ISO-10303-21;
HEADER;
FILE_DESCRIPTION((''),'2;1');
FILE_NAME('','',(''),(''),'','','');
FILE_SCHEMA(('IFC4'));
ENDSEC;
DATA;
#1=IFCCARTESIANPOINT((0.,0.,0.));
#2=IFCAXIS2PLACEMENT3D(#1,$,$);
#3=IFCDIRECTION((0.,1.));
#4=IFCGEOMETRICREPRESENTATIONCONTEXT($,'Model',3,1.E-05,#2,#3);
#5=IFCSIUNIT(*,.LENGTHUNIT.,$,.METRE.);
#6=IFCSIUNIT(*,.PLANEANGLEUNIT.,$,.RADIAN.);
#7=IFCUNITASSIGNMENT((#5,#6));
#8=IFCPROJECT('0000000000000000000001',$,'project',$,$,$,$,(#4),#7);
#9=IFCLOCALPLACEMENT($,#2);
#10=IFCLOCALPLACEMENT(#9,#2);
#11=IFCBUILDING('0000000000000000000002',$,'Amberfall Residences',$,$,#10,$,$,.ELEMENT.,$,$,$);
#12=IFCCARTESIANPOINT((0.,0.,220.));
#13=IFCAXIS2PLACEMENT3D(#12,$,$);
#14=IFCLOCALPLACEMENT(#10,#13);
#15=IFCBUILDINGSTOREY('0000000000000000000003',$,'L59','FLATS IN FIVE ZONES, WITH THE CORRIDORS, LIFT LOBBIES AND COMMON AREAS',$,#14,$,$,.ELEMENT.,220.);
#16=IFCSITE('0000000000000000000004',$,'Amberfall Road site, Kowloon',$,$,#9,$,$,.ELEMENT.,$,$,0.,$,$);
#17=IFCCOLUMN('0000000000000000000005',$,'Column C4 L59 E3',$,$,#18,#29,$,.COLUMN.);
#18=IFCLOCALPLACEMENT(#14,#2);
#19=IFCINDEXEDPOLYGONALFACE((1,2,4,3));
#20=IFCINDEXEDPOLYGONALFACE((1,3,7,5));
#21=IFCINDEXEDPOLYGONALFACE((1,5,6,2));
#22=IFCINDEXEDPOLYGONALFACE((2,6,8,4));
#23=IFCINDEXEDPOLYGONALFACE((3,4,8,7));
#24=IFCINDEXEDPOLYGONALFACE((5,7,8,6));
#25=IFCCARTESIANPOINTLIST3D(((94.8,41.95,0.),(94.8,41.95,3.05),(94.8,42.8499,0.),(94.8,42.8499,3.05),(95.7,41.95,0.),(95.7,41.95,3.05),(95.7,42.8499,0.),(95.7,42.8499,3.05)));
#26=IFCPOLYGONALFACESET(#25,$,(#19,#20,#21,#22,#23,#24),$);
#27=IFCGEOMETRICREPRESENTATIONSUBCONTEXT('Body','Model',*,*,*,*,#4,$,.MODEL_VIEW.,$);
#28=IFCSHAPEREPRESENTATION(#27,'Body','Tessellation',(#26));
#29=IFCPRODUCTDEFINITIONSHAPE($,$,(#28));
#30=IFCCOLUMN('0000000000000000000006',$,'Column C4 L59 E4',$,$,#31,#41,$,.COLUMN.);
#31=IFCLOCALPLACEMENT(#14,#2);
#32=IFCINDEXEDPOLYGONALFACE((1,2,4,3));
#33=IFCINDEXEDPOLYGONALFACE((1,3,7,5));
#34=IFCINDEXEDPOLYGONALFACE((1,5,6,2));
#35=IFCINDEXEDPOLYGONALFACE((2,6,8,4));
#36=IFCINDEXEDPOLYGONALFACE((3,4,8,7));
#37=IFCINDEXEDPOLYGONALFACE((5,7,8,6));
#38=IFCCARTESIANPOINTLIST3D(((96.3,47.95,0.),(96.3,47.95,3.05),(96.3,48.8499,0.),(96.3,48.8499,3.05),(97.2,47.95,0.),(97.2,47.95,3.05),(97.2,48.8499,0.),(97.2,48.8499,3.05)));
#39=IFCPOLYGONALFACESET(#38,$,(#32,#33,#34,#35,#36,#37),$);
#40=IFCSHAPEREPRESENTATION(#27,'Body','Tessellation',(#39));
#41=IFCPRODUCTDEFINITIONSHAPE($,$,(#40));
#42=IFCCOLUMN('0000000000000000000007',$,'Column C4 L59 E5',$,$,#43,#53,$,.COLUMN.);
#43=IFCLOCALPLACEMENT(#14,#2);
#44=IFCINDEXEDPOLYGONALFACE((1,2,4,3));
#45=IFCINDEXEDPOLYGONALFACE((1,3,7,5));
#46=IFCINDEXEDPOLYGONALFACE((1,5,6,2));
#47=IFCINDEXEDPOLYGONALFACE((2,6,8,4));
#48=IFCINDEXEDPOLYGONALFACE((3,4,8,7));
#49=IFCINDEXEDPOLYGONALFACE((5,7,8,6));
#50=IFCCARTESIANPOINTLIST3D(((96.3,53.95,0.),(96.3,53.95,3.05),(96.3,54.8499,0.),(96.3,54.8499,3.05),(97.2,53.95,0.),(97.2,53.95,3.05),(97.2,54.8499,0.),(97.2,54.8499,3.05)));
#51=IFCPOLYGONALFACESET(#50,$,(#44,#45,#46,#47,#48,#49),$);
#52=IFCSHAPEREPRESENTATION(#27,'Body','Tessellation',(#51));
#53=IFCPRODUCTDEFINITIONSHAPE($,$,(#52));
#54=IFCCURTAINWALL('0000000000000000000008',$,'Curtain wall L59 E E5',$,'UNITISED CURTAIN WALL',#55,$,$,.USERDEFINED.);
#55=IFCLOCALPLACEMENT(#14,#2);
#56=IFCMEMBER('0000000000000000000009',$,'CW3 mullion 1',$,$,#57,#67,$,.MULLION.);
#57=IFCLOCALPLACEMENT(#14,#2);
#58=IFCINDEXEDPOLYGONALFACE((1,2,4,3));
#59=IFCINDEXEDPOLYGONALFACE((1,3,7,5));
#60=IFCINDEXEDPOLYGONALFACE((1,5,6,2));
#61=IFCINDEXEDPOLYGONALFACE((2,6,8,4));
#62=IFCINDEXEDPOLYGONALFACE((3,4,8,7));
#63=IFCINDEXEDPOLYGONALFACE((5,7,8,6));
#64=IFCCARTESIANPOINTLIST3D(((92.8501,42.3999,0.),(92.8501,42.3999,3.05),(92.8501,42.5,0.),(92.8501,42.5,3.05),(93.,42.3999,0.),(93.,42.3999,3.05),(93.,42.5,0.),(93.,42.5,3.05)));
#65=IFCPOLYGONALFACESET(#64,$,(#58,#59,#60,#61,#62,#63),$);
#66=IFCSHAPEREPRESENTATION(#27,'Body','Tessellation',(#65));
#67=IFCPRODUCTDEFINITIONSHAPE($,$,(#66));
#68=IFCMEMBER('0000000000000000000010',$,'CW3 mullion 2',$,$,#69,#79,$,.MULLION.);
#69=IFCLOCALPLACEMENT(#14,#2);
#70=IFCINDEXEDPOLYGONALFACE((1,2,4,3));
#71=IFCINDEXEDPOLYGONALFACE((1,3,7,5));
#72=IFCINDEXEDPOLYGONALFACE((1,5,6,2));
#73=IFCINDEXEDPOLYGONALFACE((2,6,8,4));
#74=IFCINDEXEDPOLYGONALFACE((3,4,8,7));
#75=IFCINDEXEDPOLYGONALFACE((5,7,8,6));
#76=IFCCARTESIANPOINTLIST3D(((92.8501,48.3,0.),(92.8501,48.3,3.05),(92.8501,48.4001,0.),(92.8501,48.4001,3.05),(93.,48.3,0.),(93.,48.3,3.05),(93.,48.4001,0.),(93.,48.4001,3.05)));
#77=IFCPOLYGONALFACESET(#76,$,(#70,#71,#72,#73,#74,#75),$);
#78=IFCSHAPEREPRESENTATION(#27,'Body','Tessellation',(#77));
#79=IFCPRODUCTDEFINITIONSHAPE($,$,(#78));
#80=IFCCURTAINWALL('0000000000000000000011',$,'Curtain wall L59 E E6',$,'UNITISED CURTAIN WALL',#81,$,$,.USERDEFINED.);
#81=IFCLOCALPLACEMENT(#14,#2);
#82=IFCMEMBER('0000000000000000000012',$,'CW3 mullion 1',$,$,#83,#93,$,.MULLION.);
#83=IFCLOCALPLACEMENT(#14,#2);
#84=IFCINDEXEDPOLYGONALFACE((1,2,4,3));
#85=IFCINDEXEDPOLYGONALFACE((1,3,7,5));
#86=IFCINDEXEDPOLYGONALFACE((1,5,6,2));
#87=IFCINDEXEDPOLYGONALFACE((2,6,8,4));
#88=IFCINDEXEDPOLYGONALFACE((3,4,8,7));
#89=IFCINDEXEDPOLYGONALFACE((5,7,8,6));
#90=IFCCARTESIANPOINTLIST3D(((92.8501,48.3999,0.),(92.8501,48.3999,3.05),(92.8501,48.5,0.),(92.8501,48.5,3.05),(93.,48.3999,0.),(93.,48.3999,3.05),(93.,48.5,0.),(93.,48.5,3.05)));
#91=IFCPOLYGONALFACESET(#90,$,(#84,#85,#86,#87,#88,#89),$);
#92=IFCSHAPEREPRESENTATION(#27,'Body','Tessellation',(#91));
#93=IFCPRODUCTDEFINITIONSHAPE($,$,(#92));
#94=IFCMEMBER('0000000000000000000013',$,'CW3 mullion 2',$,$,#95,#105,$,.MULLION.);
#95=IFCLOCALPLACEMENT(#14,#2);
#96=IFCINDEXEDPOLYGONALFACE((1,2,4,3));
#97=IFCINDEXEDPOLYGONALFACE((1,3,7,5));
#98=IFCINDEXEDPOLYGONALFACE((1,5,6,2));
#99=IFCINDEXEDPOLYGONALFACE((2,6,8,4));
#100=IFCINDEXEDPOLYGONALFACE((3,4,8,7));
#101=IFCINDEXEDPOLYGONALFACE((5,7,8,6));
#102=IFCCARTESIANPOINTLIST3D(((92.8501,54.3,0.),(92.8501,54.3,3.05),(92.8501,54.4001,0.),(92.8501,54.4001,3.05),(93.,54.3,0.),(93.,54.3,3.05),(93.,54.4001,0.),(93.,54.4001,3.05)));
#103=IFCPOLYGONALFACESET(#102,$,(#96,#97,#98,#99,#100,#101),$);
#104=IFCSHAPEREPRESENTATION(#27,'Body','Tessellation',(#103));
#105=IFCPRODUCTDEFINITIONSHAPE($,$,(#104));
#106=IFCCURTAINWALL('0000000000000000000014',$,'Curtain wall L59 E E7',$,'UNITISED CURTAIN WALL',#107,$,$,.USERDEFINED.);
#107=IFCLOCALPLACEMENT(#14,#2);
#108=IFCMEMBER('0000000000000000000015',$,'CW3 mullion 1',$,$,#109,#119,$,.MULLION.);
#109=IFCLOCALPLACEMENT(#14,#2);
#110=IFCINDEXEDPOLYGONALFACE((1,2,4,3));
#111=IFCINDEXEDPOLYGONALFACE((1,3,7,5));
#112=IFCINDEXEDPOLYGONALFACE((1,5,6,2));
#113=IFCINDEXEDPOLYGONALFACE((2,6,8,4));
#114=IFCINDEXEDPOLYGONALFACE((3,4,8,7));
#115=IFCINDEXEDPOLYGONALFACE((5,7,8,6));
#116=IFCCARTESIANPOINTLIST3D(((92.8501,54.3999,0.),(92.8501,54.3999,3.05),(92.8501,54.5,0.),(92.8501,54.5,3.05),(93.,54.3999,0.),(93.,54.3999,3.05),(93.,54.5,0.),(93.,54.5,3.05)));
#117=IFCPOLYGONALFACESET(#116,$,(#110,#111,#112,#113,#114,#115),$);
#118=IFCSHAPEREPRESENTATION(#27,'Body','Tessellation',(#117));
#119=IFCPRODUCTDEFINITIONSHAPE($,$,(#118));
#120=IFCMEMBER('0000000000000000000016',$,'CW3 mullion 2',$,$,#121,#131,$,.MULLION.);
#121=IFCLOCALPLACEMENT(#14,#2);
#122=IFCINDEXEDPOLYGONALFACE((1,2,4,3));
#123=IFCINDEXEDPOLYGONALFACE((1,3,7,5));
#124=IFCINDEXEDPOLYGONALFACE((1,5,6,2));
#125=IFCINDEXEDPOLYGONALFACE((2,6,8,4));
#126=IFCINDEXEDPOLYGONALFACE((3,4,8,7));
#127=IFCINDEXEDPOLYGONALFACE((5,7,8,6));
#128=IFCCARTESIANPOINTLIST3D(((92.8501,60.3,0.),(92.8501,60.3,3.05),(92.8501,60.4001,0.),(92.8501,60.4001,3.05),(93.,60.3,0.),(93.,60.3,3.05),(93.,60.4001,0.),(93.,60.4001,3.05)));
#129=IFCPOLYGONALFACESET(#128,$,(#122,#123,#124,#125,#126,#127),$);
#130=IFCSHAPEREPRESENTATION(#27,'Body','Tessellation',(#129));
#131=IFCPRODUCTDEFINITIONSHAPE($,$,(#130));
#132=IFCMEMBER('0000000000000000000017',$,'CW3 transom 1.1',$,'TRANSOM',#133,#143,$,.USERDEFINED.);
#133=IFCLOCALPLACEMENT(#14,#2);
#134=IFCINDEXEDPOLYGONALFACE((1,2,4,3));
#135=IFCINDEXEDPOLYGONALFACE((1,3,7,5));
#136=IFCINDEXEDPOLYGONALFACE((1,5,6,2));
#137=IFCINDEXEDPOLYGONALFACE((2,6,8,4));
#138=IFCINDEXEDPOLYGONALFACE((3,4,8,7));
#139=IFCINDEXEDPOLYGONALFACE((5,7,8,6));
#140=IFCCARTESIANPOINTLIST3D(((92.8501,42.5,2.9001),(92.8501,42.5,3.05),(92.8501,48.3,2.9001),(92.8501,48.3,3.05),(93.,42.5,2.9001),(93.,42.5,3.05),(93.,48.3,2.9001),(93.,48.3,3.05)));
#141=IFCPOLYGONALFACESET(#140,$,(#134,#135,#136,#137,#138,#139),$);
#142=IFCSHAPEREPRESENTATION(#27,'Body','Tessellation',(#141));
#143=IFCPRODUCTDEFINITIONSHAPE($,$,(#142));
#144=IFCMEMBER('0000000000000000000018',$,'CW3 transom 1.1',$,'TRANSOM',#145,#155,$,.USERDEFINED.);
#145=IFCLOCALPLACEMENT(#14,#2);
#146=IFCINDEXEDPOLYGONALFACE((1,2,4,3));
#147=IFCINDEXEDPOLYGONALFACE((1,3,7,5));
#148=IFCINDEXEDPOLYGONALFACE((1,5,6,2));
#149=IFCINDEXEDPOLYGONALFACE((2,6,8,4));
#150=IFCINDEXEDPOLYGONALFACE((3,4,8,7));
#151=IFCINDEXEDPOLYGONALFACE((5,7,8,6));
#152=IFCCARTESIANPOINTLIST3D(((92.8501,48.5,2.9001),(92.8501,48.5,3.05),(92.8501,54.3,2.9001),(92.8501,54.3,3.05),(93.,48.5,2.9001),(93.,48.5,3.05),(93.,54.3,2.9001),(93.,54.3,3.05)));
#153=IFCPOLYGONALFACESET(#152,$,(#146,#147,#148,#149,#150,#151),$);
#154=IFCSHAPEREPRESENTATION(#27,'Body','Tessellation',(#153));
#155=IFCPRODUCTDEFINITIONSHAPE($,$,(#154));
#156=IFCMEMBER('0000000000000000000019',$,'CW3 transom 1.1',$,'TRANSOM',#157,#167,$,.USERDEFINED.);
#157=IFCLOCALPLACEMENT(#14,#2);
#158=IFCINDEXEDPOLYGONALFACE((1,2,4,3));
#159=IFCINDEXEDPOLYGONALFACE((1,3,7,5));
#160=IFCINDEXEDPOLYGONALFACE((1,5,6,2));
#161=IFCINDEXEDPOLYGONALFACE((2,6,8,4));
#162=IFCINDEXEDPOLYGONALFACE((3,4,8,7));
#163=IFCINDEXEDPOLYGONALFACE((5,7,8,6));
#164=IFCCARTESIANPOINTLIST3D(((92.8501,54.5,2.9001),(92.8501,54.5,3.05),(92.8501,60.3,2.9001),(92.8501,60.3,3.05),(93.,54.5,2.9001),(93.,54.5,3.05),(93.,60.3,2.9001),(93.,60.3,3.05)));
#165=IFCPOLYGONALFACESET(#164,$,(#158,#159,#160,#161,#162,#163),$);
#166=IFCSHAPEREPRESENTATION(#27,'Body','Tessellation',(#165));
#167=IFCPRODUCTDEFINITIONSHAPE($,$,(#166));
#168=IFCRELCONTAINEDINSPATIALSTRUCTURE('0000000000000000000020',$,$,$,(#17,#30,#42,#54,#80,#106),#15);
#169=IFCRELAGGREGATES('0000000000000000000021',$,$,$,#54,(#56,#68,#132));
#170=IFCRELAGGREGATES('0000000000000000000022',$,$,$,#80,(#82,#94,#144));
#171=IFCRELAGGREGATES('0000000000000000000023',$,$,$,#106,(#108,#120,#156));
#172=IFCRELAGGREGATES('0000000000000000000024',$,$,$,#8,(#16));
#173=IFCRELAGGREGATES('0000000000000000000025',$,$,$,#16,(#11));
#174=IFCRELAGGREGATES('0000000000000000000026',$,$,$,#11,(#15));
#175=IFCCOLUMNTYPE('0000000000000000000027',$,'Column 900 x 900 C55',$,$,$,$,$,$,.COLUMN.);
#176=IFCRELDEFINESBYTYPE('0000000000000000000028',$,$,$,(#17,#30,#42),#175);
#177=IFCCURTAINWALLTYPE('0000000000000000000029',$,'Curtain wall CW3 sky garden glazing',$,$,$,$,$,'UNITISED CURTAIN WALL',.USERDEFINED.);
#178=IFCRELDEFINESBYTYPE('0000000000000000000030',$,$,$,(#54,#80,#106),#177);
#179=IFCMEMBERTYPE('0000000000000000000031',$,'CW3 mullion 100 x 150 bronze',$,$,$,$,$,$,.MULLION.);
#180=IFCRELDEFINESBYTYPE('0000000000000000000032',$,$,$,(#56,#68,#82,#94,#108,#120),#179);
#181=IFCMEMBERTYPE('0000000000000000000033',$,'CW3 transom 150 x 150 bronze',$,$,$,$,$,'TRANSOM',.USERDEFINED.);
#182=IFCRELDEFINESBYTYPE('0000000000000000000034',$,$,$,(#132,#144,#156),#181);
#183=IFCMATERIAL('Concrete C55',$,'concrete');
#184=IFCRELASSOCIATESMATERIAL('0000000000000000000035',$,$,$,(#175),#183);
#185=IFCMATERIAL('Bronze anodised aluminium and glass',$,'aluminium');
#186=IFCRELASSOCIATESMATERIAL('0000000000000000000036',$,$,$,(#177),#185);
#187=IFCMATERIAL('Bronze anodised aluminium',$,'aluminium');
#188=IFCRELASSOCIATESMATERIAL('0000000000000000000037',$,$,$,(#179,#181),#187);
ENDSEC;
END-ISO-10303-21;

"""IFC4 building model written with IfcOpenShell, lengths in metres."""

from ifc_helpers import new_model, si_unit, direction, frame, origin, origin_2d, place, context, subcontext, project, spatial, rectangle, extrude, material, material_profile, profile_set, type_object, element, aggregate, save


model = new_model("IFC4")

# Units and contexts
model_context = context("Model", 3, precision=1e-05, world=origin(), true_north=direction((0.0, 1.0)))
body_context = subcontext(model_context, "Body", "Model", "MODEL_VIEW")
ifc_project = project(units=[si_unit("LENGTHUNIT", "METRE"), si_unit("PLANEANGLEUNIT", "RADIAN")], contexts=[model_context])

# Site, building, storey
site_placement = place(None, origin())
site = spatial("IfcSite", under=ifc_project, at=site_placement, Name="Amberfall Road site, Kowloon", CompositionType="ELEMENT", RefElevation=0.0)
building_placement = place(site_placement, origin())
building = spatial("IfcBuilding", under=site, at=building_placement, Name="Amberfall Residences", CompositionType="ELEMENT")
storey_placement = place(building_placement, frame((0.0, 0.0, 220.0)))
storey = spatial("IfcBuildingStorey", under=building, at=storey_placement, Name="L59", Description="FLATS IN FIVE ZONES, WITH THE CORRIDORS, LIFT LOBBIES AND COMMON AREAS", CompositionType="ELEMENT", Elevation=220.0)

# Columns
ifc_material_1 = material(Name="Concrete C55", Category="concrete")
ifc_material_profile_1 = material_profile(ifc_material_1, rectangle(XDim=0.8999, YDim=0.8999, at=origin_2d()), Name="Column 900 x 900 C55")
ifc_profile_set_1 = profile_set([ifc_material_profile_1], Name="Concrete C55")
column_type = type_object("IfcColumnType", Name="Column 900 x 900 C55", PredefinedType="COLUMN", material=ifc_profile_set_1)
for number, where, z_axis, x_axis, name in (
    (1, (95.25, 42.3999, 0.0), (0.0, 0.0, 1.0), (1.0, 0.0, 0.0), "Column C4 L59 E3"),
    (2, (96.75, 48.3999, 0.0), (0.0, 0.0, 1.0), (1.0, 0.0, 0.0), "Column C4 L59 E4"),
    (3, (96.75, 54.3999, 0.0), (0.0, 0.0, 1.0), (1.0, 0.0, 0.0), "Column C4 L59 E5"),
):
    element("IfcColumn", number, at=place(storey_placement, frame(where, z_axis=z_axis, x_axis=x_axis)), inside=storey, type_object=column_type, Name=name, PredefinedType="COLUMN", context=body_context, shape_type="SweptSolid", body=[
        extrude(rectangle(XDim=0.8999, YDim=0.8999, at=origin_2d()), origin(), (0.0, 0.0, 1.0), 3.05),
    ])

# Curtain walls, members
ifc_material_2 = material(Name="Bronze anodised aluminium and glass", Category="aluminium")
curtain_wall_type = type_object("IfcCurtainWallType", Name="Curtain wall CW3 sky garden glazing", ElementType="UNITISED CURTAIN WALL", PredefinedType="USERDEFINED", material=ifc_material_2)
curtain_wall_1_placement = place(storey_placement, origin())
curtain_wall_1 = element("IfcCurtainWall", 4, at=curtain_wall_1_placement, inside=storey, type_object=curtain_wall_type, Name="Curtain wall L59 E E5", ObjectType="UNITISED CURTAIN WALL", PredefinedType="USERDEFINED")
ifc_material_3 = material(Name="Bronze anodised aluminium", Category="aluminium")
ifc_material_profile_2 = material_profile(ifc_material_3, rectangle(XDim=0.1499, YDim=0.1001, at=origin_2d()), Name="CW3 mullion 100 x 150 bronze")
ifc_profile_set_2 = profile_set([ifc_material_profile_2], Name="Bronze anodised aluminium")
member_type_1 = type_object("IfcMemberType", Name="CW3 mullion 100 x 150 bronze", PredefinedType="MULLION", material=ifc_profile_set_2)
member_1_placement = place(storey_placement, frame((92.925, 42.45, 0.0), z_axis=(0.0, 0.0, 1.0), x_axis=(-1.0, 0.0, 0.0)))
member_1 = element("IfcMember", 5, at=member_1_placement, type_object=member_type_1, Name="CW3 mullion 1", PredefinedType="MULLION", context=body_context, shape_type="SweptSolid", body=[
    extrude(rectangle(XDim=0.1499, YDim=0.1001, at=origin_2d()), origin(), (0.0, 0.0, 1.0), 3.05),
])
member_2_placement = place(storey_placement, frame((92.925, 48.3501, 0.0), z_axis=(0.0, 0.0, 1.0), x_axis=(-1.0, 0.0, 0.0)))
member_2 = element("IfcMember", 6, at=member_2_placement, type_object=member_type_1, Name="CW3 mullion 2", PredefinedType="MULLION", context=body_context, shape_type="SweptSolid", body=[
    extrude(rectangle(XDim=0.1499, YDim=0.1001, at=origin_2d()), origin(), (0.0, 0.0, 1.0), 3.05),
])
curtain_wall_2_placement = place(storey_placement, origin())
curtain_wall_2 = element("IfcCurtainWall", 7, at=curtain_wall_2_placement, inside=storey, type_object=curtain_wall_type, Name="Curtain wall L59 E E6", ObjectType="UNITISED CURTAIN WALL", PredefinedType="USERDEFINED")
member_3_placement = place(storey_placement, frame((92.925, 48.45, 0.0), z_axis=(0.0, 0.0, 1.0), x_axis=(-1.0, 0.0, 0.0)))
member_3 = element("IfcMember", 8, at=member_3_placement, type_object=member_type_1, Name="CW3 mullion 1", PredefinedType="MULLION", context=body_context, shape_type="SweptSolid", body=[
    extrude(rectangle(XDim=0.1499, YDim=0.1001, at=origin_2d()), origin(), (0.0, 0.0, 1.0), 3.05),
])
member_4_placement = place(storey_placement, frame((92.925, 54.3501, 0.0), z_axis=(0.0, 0.0, 1.0), x_axis=(-1.0, 0.0, 0.0)))
member_4 = element("IfcMember", 9, at=member_4_placement, type_object=member_type_1, Name="CW3 mullion 2", PredefinedType="MULLION", context=body_context, shape_type="SweptSolid", body=[
    extrude(rectangle(XDim=0.1499, YDim=0.1001, at=origin_2d()), origin(), (0.0, 0.0, 1.0), 3.05),
])
curtain_wall_3_placement = place(storey_placement, origin())
curtain_wall_3 = element("IfcCurtainWall", 10, at=curtain_wall_3_placement, inside=storey, type_object=curtain_wall_type, Name="Curtain wall L59 E E7", ObjectType="UNITISED CURTAIN WALL", PredefinedType="USERDEFINED")
member_5_placement = place(storey_placement, frame((92.925, 54.45, 0.0), z_axis=(0.0, 0.0, 1.0), x_axis=(-1.0, 0.0, 0.0)))
member_5 = element("IfcMember", 11, at=member_5_placement, type_object=member_type_1, Name="CW3 mullion 1", PredefinedType="MULLION", context=body_context, shape_type="SweptSolid", body=[
    extrude(rectangle(XDim=0.1499, YDim=0.1001, at=origin_2d()), origin(), (0.0, 0.0, 1.0), 3.05),
])
member_6_placement = place(storey_placement, frame((92.925, 60.3501, 0.0), z_axis=(0.0, 0.0, 1.0), x_axis=(-1.0, 0.0, 0.0)))
member_6 = element("IfcMember", 12, at=member_6_placement, type_object=member_type_1, Name="CW3 mullion 2", PredefinedType="MULLION", context=body_context, shape_type="SweptSolid", body=[
    extrude(rectangle(XDim=0.1499, YDim=0.1001, at=origin_2d()), origin(), (0.0, 0.0, 1.0), 3.05),
])

# Members
ifc_material_profile_3 = material_profile(ifc_material_3, rectangle(XDim=0.1499, YDim=0.1499, at=origin_2d()), Name="CW3 transom 150 x 150 bronze")
ifc_profile_set_3 = profile_set([ifc_material_profile_3], Name="Bronze anodised aluminium")
member_type_2 = type_object("IfcMemberType", Name="CW3 transom 150 x 150 bronze", ElementType="TRANSOM", PredefinedType="USERDEFINED", material=ifc_profile_set_3)
member_7_placement = place(storey_placement, frame((92.925, 42.5, 2.9751), z_axis=(0.0, 1.0, 0.0), x_axis=(-1.0, 0.0, 0.0)))
member_7 = element("IfcMember", 13, at=member_7_placement, type_object=member_type_2, Name="CW3 transom 1.1", ObjectType="TRANSOM", PredefinedType="USERDEFINED", context=body_context, shape_type="SweptSolid", body=[
    extrude(rectangle(XDim=0.1499, YDim=0.1499, at=origin_2d()), origin(), (0.0, 0.0, 1.0), 5.8),
])
member_8_placement = place(storey_placement, frame((92.925, 48.5, 2.9751), z_axis=(0.0, 1.0, 0.0), x_axis=(-1.0, 0.0, 0.0)))
member_8 = element("IfcMember", 14, at=member_8_placement, type_object=member_type_2, Name="CW3 transom 1.1", ObjectType="TRANSOM", PredefinedType="USERDEFINED", context=body_context, shape_type="SweptSolid", body=[
    extrude(rectangle(XDim=0.1499, YDim=0.1499, at=origin_2d()), origin(), (0.0, 0.0, 1.0), 5.8),
])
member_9_placement = place(storey_placement, frame((92.925, 54.5, 2.9751), z_axis=(0.0, 1.0, 0.0), x_axis=(-1.0, 0.0, 0.0)))
member_9 = element("IfcMember", 15, at=member_9_placement, type_object=member_type_2, Name="CW3 transom 1.1", ObjectType="TRANSOM", PredefinedType="USERDEFINED", context=body_context, shape_type="SweptSolid", body=[
    extrude(rectangle(XDim=0.1499, YDim=0.1499, at=origin_2d()), origin(), (0.0, 0.0, 1.0), 5.8),
])

aggregate(curtain_wall_1, [member_1, member_2, member_7])
aggregate(curtain_wall_2, [member_3, member_4, member_8])
aggregate(curtain_wall_3, [member_5, member_6, member_9])

save(model, "model.ifc")
